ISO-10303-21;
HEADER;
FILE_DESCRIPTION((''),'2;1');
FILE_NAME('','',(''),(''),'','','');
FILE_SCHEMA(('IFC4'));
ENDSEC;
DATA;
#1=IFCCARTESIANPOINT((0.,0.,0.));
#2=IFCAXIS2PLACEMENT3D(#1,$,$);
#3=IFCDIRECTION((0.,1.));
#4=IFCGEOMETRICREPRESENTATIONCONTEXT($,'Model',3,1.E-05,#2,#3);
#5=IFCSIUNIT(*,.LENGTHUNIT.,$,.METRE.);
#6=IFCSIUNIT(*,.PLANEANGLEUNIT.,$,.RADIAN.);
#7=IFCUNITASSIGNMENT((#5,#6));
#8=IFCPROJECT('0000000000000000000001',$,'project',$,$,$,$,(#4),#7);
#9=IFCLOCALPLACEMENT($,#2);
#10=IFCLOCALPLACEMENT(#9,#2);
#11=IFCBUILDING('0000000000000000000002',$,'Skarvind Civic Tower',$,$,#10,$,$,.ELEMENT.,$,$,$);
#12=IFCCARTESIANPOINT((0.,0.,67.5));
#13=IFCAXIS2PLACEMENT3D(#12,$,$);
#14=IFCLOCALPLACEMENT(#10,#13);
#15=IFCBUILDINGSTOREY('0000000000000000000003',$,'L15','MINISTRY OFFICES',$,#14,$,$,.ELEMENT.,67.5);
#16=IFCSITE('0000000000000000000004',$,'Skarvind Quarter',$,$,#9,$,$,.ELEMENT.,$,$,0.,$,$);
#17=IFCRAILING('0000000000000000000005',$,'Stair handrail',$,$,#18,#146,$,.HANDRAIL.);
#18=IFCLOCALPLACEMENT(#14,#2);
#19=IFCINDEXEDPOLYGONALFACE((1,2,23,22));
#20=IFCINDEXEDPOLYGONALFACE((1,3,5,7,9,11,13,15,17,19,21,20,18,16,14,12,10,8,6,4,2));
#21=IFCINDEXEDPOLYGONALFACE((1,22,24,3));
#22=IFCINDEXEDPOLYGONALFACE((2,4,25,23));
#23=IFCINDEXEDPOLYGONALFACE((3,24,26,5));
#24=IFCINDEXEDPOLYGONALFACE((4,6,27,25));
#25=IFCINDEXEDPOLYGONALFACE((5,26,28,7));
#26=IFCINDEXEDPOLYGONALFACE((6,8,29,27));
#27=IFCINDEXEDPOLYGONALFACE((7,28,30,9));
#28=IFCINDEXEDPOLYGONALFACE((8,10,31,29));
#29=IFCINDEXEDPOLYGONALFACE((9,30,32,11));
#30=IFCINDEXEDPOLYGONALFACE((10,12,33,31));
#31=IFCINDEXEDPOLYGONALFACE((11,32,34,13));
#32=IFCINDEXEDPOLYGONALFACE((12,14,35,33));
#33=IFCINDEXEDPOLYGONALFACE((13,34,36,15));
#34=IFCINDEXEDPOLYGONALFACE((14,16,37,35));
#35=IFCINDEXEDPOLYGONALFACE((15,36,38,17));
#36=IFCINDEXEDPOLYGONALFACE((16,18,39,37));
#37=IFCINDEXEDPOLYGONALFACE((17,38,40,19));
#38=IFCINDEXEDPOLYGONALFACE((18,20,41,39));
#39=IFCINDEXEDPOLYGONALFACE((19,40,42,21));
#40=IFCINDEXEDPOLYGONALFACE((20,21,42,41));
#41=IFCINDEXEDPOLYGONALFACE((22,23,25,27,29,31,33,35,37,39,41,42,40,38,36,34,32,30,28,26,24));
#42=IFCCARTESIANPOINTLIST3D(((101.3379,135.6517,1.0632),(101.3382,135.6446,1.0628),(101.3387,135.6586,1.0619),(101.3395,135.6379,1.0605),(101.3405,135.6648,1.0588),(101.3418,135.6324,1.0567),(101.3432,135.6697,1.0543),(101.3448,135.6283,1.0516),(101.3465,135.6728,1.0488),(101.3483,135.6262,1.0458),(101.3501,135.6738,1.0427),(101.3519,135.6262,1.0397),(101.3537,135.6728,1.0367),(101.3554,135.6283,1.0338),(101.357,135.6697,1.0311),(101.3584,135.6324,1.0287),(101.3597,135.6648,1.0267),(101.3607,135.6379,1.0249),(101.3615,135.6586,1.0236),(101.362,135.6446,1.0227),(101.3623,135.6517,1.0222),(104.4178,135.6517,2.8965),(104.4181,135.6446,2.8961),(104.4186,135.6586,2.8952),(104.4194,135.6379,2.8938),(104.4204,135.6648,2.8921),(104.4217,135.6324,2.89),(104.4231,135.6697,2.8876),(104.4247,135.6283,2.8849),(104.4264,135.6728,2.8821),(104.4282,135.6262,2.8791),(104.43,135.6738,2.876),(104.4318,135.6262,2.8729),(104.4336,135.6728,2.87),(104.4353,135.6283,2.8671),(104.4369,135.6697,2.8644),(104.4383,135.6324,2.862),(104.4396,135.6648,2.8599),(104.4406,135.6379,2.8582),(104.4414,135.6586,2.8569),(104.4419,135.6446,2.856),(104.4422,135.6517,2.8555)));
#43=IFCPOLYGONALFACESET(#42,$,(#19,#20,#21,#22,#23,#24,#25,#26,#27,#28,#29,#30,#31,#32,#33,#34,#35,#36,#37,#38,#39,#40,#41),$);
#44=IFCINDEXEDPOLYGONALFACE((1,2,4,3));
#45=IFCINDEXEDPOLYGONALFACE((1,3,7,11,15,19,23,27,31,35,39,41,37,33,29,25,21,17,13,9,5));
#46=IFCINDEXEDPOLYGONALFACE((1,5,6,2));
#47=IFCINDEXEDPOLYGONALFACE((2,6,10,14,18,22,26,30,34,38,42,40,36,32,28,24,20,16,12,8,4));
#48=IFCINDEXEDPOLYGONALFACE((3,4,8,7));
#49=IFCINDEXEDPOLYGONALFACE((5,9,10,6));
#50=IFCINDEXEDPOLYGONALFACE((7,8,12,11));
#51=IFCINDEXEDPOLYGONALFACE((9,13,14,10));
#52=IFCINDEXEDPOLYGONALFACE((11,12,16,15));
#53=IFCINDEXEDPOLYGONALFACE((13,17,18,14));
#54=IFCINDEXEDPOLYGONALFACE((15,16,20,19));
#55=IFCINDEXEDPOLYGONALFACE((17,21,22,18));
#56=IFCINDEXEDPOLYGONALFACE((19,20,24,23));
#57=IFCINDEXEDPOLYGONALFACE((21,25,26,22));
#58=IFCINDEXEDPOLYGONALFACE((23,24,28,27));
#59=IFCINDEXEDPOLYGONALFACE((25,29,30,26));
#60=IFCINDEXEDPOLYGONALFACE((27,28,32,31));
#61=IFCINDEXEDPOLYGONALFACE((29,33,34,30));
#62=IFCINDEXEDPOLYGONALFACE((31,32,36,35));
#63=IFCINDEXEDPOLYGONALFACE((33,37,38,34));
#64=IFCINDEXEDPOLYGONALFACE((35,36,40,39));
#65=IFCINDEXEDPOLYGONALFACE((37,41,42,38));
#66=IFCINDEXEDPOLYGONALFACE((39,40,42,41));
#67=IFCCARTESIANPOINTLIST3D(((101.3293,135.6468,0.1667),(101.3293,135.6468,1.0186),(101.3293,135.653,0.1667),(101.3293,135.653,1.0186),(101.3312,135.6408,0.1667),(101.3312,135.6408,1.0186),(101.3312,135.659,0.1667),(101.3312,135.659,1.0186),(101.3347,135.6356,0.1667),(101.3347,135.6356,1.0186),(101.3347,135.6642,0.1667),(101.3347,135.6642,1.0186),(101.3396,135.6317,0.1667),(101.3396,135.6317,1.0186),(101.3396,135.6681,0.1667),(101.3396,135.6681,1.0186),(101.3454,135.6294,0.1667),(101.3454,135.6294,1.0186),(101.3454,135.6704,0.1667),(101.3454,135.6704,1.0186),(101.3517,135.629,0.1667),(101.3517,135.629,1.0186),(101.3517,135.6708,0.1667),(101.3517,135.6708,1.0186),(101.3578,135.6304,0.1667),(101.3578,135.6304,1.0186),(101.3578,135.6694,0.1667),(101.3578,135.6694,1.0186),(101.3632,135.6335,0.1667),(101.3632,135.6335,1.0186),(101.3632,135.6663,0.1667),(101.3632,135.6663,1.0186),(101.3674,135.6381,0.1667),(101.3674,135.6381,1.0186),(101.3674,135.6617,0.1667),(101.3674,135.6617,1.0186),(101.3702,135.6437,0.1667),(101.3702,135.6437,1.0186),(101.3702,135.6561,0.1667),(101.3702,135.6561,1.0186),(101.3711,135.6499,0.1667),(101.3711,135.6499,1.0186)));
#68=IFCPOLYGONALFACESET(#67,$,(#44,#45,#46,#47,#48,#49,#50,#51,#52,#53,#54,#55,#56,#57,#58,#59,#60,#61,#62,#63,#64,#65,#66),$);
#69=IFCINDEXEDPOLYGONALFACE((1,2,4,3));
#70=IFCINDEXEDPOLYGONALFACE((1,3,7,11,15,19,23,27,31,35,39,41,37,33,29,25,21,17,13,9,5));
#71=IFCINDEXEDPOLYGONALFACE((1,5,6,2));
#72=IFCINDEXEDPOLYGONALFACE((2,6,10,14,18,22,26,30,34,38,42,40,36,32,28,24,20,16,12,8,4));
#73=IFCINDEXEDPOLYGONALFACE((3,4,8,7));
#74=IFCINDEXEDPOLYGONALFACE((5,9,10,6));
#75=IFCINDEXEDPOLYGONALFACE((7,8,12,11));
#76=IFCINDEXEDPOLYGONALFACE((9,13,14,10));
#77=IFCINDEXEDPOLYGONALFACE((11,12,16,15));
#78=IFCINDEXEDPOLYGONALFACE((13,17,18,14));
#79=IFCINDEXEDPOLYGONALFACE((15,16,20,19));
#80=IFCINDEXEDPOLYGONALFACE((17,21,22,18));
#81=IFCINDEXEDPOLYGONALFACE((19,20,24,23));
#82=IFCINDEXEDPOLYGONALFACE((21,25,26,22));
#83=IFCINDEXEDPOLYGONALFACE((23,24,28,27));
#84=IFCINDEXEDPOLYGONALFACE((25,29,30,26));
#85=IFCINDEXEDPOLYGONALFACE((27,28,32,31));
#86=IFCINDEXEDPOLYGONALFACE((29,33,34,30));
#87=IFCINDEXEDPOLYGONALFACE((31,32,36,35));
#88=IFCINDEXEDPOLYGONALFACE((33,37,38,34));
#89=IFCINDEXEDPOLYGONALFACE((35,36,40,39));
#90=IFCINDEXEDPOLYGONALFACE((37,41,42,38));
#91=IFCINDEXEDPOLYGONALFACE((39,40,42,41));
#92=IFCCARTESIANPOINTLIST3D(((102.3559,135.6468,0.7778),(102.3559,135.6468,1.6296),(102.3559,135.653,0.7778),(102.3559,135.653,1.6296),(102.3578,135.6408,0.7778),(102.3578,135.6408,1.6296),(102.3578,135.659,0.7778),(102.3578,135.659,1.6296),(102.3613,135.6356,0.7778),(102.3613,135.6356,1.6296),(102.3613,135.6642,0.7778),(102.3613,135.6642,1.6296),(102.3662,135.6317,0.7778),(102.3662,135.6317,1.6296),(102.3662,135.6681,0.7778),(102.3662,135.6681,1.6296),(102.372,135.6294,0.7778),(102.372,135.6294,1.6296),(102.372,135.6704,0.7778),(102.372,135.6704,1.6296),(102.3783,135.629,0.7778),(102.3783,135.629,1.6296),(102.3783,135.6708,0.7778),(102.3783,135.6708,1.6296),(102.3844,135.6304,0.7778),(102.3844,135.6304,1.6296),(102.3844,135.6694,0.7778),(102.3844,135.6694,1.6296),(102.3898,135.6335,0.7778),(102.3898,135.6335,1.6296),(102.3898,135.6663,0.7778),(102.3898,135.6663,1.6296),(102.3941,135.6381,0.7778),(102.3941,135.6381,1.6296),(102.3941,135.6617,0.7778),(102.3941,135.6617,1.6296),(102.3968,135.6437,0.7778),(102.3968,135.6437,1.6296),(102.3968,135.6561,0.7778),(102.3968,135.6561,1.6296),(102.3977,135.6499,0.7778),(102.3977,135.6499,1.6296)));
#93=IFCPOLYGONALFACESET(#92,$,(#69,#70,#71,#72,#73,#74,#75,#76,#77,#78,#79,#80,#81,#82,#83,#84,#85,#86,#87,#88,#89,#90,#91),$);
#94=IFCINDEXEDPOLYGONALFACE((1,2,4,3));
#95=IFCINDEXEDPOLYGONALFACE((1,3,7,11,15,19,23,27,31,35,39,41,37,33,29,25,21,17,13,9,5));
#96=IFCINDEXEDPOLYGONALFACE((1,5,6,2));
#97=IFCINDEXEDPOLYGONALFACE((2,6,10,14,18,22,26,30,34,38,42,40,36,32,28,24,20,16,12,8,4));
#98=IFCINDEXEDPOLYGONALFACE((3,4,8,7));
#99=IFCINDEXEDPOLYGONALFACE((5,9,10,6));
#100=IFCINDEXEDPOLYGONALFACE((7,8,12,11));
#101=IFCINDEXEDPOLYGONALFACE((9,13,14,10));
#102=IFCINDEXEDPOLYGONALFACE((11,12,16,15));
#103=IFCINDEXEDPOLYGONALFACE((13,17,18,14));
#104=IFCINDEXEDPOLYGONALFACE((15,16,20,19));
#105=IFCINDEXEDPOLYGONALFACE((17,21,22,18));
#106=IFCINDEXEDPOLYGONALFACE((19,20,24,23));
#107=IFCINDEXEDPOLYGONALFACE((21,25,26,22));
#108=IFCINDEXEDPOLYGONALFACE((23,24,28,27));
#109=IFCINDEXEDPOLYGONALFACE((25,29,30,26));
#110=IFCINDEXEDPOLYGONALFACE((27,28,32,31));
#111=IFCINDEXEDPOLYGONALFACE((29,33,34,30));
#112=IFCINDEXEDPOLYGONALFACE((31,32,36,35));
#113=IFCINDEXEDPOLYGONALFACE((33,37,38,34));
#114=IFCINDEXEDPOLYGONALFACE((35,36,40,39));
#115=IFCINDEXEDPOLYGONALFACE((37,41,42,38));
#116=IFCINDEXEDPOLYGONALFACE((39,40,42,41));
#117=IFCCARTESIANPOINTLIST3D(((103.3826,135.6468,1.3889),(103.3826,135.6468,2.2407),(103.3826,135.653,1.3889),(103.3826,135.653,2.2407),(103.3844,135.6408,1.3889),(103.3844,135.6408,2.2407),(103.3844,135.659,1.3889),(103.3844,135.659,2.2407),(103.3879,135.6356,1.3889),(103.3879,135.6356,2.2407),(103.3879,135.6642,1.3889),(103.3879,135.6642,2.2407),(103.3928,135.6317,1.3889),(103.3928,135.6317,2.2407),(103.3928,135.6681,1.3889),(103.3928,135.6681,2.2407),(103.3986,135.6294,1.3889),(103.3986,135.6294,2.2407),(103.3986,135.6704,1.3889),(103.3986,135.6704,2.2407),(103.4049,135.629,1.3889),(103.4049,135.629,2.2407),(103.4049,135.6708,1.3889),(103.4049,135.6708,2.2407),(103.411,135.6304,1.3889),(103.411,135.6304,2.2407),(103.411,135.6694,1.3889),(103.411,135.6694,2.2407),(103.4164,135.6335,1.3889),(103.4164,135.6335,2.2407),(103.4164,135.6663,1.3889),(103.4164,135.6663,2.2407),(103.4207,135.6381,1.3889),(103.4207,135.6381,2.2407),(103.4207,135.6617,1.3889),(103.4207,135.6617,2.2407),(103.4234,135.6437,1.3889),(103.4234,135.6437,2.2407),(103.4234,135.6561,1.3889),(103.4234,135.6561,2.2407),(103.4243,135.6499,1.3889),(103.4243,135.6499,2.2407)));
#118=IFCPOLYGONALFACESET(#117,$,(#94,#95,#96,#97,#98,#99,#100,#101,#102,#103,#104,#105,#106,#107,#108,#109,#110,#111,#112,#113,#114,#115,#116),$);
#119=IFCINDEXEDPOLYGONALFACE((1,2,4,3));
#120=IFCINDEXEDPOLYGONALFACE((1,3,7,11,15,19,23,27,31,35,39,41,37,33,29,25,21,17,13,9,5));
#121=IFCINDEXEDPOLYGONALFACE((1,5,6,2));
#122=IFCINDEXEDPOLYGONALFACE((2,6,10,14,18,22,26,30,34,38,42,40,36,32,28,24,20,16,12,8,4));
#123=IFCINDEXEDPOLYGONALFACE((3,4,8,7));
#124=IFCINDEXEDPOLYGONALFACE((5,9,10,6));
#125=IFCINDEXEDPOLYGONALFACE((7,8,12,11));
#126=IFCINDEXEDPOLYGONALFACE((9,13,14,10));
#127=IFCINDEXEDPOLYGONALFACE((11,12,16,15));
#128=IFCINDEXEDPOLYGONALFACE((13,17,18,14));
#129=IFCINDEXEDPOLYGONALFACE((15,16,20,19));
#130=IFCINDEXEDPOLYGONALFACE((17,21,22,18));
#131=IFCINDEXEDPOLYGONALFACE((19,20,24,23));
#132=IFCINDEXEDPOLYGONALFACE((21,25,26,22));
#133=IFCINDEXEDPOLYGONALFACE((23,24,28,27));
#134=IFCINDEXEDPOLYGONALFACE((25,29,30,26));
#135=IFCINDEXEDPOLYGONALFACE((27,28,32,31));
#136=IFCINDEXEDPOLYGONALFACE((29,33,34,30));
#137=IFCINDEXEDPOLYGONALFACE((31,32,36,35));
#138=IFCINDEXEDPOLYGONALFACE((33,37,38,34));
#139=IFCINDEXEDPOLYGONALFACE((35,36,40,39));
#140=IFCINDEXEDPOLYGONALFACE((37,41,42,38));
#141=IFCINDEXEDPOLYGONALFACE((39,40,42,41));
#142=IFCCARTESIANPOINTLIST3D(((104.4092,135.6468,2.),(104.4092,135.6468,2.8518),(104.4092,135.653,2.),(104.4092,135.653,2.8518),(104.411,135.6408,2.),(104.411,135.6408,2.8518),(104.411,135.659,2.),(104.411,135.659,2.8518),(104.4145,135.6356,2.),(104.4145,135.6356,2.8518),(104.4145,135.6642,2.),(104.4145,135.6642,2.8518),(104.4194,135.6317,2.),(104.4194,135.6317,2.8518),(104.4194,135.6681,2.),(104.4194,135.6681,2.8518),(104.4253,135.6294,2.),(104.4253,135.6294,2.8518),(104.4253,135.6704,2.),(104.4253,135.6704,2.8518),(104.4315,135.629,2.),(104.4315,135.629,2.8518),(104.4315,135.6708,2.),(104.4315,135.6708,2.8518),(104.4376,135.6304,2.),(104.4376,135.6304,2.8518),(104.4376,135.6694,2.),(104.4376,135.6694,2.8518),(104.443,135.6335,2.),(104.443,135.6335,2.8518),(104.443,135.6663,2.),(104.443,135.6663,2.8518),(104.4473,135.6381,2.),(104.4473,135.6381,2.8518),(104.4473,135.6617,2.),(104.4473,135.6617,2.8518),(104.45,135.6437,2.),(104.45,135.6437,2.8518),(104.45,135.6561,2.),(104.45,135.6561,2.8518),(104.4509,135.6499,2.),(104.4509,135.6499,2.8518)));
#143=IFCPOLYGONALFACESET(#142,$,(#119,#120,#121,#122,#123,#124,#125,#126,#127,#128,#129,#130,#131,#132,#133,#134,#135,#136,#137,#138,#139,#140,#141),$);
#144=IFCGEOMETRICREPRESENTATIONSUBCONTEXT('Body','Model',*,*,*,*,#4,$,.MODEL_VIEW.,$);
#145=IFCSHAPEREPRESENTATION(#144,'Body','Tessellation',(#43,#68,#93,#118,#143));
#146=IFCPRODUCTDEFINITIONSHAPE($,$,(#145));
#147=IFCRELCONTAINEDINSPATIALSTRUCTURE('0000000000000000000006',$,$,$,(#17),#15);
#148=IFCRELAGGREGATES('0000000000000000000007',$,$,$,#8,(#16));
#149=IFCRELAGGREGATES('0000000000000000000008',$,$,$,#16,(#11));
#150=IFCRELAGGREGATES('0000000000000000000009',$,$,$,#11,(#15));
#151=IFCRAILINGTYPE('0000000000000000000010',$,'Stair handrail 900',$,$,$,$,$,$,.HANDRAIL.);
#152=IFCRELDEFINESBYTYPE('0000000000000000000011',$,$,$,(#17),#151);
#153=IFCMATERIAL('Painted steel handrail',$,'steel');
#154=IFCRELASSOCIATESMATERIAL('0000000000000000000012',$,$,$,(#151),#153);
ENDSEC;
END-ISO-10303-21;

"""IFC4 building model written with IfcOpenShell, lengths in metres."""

from ifc_helpers import new_model, si_unit, direction, frame, origin, origin_2d, place, context, subcontext, project, spatial, circle, extrude, material, type_object, element, save


model = new_model("IFC4")

# Units and contexts
model_context = context("Model", 3, precision=1e-05, world=origin(), true_north=direction((0.0, 1.0)))
body_context = subcontext(model_context, "Body", "Model", "MODEL_VIEW")
ifc_project = project(units=[si_unit("LENGTHUNIT", "METRE"), si_unit("PLANEANGLEUNIT", "RADIAN")], contexts=[model_context])

# Site, building, storey
site_placement = place(None, origin())
site = spatial("IfcSite", under=ifc_project, at=site_placement, Name="Skarvind Quarter", CompositionType="ELEMENT", RefElevation=0.0)
building_placement = place(site_placement, origin())
building = spatial("IfcBuilding", under=site, at=building_placement, Name="Skarvind Civic Tower", CompositionType="ELEMENT")
storey_placement = place(building_placement, frame((0.0, 0.0, 67.5)))
storey = spatial("IfcBuildingStorey", under=building, at=storey_placement, Name="L15", Description="MINISTRY OFFICES", CompositionType="ELEMENT", Elevation=67.5)

# Railing
ifc_material_1 = material(Name="Painted steel handrail", Category="steel")
railing_type = type_object("IfcRailingType", Name="Stair handrail 900", PredefinedType="HANDRAIL", material=ifc_material_1)
railing_placement = place(storey_placement, frame((101.3501, 135.6499, 0.1667)))
element("IfcRailing", 1, at=railing_placement, inside=storey, type_object=railing_type, Name="Stair handrail", PredefinedType="HANDRAIL", context=body_context, shape_type="SweptSolid", body=[
    extrude(circle(Radius=0.0239, at=origin_2d()), frame((0.0, 0.0, 0.876), z_axis=(0.859291, 0.0, 0.511487), x_axis=(0.0, 1.0, 0.0)), (0.0, 0.0, 1.0), 3.5842),
    extrude(circle(Radius=0.021, at=origin_2d()), origin(), (0.0, 0.0, 1.0), 0.8518),
    extrude(circle(Radius=0.021, at=origin_2d()), frame((1.0266, 0.0, 0.6111)), (0.0, 0.0, 1.0), 0.8518),
    extrude(circle(Radius=0.021, at=origin_2d()), frame((2.0532, 0.0, 1.2222)), (0.0, 0.0, 1.0), 0.8518),
    extrude(circle(Radius=0.021, at=origin_2d()), frame((3.0798, 0.0, 1.8333)), (0.0, 0.0, 1.0), 0.8518),
])

save(model, "model.ifc")
